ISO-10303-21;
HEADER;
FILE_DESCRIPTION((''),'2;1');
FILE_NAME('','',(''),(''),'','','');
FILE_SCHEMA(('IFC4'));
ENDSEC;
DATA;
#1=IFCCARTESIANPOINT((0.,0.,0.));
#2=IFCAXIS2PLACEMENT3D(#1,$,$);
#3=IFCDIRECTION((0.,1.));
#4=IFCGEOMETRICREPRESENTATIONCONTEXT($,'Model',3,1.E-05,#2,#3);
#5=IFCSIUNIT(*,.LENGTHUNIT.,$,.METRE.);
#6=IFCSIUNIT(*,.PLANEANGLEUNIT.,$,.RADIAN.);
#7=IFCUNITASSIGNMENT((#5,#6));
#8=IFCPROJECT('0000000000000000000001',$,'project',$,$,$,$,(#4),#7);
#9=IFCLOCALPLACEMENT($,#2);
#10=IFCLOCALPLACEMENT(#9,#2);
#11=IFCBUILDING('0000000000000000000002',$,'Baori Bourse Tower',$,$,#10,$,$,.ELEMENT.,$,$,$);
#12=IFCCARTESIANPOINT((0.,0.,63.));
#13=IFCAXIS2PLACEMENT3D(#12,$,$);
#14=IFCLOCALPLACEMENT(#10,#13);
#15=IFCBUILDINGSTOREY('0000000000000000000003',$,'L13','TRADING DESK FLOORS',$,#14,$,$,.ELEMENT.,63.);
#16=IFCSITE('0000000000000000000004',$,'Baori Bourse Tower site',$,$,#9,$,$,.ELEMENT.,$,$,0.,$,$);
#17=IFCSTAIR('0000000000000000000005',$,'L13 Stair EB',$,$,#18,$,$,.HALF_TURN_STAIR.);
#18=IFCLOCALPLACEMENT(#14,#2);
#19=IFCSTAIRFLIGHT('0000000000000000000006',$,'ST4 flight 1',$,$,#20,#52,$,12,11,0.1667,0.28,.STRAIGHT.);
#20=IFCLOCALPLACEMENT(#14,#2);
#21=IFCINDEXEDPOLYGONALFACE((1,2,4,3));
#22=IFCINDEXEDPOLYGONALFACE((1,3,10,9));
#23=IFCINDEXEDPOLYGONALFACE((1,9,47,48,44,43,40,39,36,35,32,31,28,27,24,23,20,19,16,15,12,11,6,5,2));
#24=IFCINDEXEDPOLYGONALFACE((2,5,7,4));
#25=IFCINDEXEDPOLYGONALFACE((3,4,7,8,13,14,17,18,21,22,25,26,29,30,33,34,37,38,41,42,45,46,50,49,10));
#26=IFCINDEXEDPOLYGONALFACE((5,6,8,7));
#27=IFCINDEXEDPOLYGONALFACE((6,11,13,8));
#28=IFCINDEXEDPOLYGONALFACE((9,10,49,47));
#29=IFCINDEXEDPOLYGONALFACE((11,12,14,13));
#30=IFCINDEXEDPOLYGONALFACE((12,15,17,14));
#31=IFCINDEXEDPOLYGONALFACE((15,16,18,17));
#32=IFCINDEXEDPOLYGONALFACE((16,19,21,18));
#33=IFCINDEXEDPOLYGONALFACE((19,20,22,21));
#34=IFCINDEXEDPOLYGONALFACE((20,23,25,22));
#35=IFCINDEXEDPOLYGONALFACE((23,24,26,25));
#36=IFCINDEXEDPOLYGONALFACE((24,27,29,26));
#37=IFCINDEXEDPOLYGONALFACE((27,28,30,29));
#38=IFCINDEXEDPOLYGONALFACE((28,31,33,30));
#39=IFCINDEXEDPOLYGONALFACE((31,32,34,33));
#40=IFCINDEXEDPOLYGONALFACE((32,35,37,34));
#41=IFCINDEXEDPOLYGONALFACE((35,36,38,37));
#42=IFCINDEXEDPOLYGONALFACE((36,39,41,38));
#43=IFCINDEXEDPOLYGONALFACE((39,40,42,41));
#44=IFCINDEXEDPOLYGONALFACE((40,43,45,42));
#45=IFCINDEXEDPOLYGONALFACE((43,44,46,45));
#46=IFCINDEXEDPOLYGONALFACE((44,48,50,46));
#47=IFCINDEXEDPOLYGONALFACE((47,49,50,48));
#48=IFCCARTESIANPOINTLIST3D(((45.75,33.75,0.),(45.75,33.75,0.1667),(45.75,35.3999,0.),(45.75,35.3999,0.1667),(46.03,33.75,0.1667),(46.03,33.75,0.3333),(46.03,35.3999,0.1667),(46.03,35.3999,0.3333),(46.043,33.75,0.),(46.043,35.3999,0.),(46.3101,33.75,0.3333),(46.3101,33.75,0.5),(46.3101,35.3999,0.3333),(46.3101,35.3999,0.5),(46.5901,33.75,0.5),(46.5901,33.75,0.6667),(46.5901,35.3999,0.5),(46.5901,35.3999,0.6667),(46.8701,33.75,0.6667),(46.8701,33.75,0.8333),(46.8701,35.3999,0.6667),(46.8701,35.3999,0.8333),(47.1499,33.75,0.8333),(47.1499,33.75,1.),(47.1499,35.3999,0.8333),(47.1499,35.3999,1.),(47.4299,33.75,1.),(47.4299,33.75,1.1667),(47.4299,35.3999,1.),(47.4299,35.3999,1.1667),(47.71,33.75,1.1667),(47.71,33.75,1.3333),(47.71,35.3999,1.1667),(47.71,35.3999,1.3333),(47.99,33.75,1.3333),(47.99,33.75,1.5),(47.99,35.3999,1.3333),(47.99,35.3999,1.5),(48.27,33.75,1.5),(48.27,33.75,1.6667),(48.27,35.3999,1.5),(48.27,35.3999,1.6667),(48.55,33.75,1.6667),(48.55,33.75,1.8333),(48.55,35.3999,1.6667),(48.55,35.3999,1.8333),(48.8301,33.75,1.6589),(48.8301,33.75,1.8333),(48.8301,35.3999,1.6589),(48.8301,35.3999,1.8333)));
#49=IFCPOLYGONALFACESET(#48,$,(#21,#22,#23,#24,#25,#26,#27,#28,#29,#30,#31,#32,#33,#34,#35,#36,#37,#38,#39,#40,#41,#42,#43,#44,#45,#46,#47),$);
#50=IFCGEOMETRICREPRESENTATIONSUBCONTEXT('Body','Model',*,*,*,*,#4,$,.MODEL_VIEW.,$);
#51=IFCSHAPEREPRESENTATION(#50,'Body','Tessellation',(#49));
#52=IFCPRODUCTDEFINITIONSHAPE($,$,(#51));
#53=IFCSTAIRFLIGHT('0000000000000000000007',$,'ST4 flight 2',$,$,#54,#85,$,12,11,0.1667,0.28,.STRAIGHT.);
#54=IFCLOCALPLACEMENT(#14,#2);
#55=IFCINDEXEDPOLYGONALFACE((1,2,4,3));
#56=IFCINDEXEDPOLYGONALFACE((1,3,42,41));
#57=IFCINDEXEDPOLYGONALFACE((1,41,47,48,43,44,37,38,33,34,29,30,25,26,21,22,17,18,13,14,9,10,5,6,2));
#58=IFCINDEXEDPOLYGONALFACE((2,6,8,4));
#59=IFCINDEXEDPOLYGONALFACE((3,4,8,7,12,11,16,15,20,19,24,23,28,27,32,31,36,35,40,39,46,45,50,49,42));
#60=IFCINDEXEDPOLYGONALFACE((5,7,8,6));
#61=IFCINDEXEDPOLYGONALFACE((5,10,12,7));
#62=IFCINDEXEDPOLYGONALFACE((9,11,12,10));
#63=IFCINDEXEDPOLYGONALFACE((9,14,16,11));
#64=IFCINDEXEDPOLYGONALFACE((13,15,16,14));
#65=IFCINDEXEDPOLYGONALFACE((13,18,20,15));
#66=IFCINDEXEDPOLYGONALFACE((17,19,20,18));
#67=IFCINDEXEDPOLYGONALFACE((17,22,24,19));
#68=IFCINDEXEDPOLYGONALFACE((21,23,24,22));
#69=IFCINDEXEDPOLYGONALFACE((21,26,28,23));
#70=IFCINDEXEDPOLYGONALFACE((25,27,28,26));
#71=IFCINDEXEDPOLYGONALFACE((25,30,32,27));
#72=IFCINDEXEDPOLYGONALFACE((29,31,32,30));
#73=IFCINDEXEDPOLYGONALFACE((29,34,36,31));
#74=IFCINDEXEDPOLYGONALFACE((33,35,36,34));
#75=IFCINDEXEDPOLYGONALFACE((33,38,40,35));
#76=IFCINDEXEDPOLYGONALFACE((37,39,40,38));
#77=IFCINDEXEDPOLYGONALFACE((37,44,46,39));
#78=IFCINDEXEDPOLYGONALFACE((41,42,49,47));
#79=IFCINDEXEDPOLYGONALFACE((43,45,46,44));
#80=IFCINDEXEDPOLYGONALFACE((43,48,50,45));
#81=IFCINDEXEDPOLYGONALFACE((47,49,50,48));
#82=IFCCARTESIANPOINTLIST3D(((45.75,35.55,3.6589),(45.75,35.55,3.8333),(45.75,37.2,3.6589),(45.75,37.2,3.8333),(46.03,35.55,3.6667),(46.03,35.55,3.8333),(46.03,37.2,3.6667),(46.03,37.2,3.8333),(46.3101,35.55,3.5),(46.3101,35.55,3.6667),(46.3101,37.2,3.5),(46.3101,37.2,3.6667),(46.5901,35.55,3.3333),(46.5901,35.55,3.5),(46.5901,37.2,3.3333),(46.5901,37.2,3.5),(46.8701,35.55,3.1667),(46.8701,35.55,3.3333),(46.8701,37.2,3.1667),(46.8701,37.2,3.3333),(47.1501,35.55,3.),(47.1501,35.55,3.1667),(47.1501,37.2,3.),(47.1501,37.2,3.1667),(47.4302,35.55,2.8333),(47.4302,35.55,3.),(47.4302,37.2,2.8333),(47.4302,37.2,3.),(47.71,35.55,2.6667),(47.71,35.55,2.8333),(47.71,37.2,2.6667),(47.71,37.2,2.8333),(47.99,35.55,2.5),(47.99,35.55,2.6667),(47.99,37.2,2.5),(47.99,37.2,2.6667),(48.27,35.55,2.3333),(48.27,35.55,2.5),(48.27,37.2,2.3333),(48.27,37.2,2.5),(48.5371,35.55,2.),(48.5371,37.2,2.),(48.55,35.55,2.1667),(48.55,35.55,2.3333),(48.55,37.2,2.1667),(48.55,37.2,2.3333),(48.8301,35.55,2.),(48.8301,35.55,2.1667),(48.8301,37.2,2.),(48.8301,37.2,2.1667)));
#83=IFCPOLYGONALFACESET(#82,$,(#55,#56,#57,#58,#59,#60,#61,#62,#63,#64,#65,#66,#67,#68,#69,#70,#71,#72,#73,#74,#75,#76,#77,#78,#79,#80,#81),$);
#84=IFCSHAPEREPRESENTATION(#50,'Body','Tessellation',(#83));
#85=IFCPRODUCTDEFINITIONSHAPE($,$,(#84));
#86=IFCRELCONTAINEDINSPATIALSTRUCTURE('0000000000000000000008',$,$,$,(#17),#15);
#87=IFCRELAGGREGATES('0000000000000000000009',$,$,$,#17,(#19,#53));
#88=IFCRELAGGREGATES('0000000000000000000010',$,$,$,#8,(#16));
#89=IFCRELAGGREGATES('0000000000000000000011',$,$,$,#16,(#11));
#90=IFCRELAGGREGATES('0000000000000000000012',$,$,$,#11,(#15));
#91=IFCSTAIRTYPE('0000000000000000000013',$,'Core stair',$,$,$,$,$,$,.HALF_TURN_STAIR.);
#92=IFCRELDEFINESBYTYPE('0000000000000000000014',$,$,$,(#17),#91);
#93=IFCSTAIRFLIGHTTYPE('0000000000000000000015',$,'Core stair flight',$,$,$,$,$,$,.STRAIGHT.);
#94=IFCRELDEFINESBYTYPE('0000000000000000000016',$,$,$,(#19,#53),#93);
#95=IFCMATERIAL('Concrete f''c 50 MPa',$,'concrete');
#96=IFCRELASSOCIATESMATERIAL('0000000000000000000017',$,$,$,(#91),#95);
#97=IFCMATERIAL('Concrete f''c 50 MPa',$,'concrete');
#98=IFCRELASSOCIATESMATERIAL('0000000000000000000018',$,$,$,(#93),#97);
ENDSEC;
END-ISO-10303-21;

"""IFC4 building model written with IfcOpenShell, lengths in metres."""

from ifc_helpers import new_model, si_unit, direction, frame, origin, place, context, subcontext, project, spatial, polyline, outline, extrude, material, type_object, element, aggregate, save


model = new_model("IFC4")

# Units and contexts
model_context = context("Model", 3, precision=1e-05, world=origin(), true_north=direction((0.0, 1.0)))
body_context = subcontext(model_context, "Body", "Model", "MODEL_VIEW")
ifc_project = project(units=[si_unit("LENGTHUNIT", "METRE"), si_unit("PLANEANGLEUNIT", "RADIAN")], contexts=[model_context])

# Site, building, storey
site_placement = place(None, origin())
site = spatial("IfcSite", under=ifc_project, at=site_placement, Name="Baori Bourse Tower site", CompositionType="ELEMENT", RefElevation=0.0)
building_placement = place(site_placement, origin())
building = spatial("IfcBuilding", under=site, at=building_placement, Name="Baori Bourse Tower", CompositionType="ELEMENT")
storey_placement = place(building_placement, frame((0.0, 0.0, 63.0)))
storey = spatial("IfcBuildingStorey", under=building, at=storey_placement, Name="L13", Description="TRADING DESK FLOORS", CompositionType="ELEMENT", Elevation=63.0)

# Stair, stair flights
ifc_material_1 = material(Name="Concrete f'c 50 MPa", Category="concrete")
stair_type = type_object("IfcStairType", Name="Core stair", PredefinedType="HALF_TURN_STAIR", material=ifc_material_1)
stair_placement = place(storey_placement, origin())
stair = element("IfcStair", 1, at=stair_placement, inside=storey, type_object=stair_type, Name="L13 Stair EB", PredefinedType="HALF_TURN_STAIR")
ifc_material_2 = material(Name="Concrete f'c 50 MPa", Category="concrete")
stair_flight_type = type_object("IfcStairFlightType", Name="Core stair flight", PredefinedType="STRAIGHT", material=ifc_material_2)
stair_flight_1_placement = place(storey_placement, frame((45.75, 34.575, 0.0), z_axis=(0.0, 0.0, 1.0), x_axis=(1.0, 0.0, 0.0)))
stair_flight_1 = element("IfcStairFlight", 2, at=stair_flight_1_placement, type_object=stair_flight_type, Name="ST4 flight 1", NumberOfRisers=12, NumberOfTreads=11, PredefinedType="STRAIGHT", RiserHeight=0.1667, TreadLength=0.28, context=body_context, shape_type="SweptSolid", body=[
    extrude(outline(polyline([(0.0, 0.0), (0.0, 0.1667), (0.28, 0.1667), (0.28, 0.3333), (0.5601, 0.3333), (0.5601, 0.5), (0.8401, 0.5), (0.8401, 0.6667), (1.1201, 0.6667), (1.1201, 0.8333), (1.3999, 0.8333), (1.3999, 1.0), (1.6799, 1.0), (1.6799, 1.1667), (1.96, 1.1667), (1.96, 1.3333), (2.24, 1.3333), (2.24, 1.5), (2.52, 1.5), (2.52, 1.6667), (2.8, 1.6667), (2.8, 1.8333), (3.0801, 1.8333), (3.0801, 2.0), (3.0801, 1.6589), (0.293, 0.0), (0.0, 0.0)])), frame((0.0, 0.825, 0.0), z_axis=(0.0, -1.0, 0.0), x_axis=(1.0, 0.0, 0.0)), (0.0, 0.0, 1.0), 1.6499),
])
stair_flight_2_placement = place(storey_placement, frame((48.8301, 36.375, 2.0), z_axis=(0.0, 0.0, 1.0), x_axis=(-1.0, 0.0, 0.0)))
stair_flight_2 = element("IfcStairFlight", 3, at=stair_flight_2_placement, type_object=stair_flight_type, Name="ST4 flight 2", NumberOfRisers=12, NumberOfTreads=11, PredefinedType="STRAIGHT", RiserHeight=0.1667, TreadLength=0.28, context=body_context, shape_type="SweptSolid", body=[
    extrude(outline(polyline([(0.0, 0.0), (0.0, 0.1667), (0.28, 0.1667), (0.28, 0.3333), (0.5601, 0.3333), (0.5601, 0.5), (0.8401, 0.5), (0.8401, 0.6667), (1.1201, 0.6667), (1.1201, 0.8333), (1.3999, 0.8333), (1.3999, 1.0), (1.6799, 1.0), (1.6799, 1.1667), (1.96, 1.1667), (1.96, 1.3333), (2.24, 1.3333), (2.24, 1.5), (2.52, 1.5), (2.52, 1.6667), (2.8, 1.6667), (2.8, 1.8333), (3.0801, 1.8333), (3.0801, 2.0), (3.0801, 1.6589), (0.293, 0.0), (0.0, 0.0)])), frame((0.0, 0.825, 0.0), z_axis=(0.0, -1.0, 0.0), x_axis=(1.0, 0.0, 0.0)), (0.0, 0.0, 1.0), 1.6499),
])
aggregate(stair, [stair_flight_1, stair_flight_2])

save(model, "model.ifc")
